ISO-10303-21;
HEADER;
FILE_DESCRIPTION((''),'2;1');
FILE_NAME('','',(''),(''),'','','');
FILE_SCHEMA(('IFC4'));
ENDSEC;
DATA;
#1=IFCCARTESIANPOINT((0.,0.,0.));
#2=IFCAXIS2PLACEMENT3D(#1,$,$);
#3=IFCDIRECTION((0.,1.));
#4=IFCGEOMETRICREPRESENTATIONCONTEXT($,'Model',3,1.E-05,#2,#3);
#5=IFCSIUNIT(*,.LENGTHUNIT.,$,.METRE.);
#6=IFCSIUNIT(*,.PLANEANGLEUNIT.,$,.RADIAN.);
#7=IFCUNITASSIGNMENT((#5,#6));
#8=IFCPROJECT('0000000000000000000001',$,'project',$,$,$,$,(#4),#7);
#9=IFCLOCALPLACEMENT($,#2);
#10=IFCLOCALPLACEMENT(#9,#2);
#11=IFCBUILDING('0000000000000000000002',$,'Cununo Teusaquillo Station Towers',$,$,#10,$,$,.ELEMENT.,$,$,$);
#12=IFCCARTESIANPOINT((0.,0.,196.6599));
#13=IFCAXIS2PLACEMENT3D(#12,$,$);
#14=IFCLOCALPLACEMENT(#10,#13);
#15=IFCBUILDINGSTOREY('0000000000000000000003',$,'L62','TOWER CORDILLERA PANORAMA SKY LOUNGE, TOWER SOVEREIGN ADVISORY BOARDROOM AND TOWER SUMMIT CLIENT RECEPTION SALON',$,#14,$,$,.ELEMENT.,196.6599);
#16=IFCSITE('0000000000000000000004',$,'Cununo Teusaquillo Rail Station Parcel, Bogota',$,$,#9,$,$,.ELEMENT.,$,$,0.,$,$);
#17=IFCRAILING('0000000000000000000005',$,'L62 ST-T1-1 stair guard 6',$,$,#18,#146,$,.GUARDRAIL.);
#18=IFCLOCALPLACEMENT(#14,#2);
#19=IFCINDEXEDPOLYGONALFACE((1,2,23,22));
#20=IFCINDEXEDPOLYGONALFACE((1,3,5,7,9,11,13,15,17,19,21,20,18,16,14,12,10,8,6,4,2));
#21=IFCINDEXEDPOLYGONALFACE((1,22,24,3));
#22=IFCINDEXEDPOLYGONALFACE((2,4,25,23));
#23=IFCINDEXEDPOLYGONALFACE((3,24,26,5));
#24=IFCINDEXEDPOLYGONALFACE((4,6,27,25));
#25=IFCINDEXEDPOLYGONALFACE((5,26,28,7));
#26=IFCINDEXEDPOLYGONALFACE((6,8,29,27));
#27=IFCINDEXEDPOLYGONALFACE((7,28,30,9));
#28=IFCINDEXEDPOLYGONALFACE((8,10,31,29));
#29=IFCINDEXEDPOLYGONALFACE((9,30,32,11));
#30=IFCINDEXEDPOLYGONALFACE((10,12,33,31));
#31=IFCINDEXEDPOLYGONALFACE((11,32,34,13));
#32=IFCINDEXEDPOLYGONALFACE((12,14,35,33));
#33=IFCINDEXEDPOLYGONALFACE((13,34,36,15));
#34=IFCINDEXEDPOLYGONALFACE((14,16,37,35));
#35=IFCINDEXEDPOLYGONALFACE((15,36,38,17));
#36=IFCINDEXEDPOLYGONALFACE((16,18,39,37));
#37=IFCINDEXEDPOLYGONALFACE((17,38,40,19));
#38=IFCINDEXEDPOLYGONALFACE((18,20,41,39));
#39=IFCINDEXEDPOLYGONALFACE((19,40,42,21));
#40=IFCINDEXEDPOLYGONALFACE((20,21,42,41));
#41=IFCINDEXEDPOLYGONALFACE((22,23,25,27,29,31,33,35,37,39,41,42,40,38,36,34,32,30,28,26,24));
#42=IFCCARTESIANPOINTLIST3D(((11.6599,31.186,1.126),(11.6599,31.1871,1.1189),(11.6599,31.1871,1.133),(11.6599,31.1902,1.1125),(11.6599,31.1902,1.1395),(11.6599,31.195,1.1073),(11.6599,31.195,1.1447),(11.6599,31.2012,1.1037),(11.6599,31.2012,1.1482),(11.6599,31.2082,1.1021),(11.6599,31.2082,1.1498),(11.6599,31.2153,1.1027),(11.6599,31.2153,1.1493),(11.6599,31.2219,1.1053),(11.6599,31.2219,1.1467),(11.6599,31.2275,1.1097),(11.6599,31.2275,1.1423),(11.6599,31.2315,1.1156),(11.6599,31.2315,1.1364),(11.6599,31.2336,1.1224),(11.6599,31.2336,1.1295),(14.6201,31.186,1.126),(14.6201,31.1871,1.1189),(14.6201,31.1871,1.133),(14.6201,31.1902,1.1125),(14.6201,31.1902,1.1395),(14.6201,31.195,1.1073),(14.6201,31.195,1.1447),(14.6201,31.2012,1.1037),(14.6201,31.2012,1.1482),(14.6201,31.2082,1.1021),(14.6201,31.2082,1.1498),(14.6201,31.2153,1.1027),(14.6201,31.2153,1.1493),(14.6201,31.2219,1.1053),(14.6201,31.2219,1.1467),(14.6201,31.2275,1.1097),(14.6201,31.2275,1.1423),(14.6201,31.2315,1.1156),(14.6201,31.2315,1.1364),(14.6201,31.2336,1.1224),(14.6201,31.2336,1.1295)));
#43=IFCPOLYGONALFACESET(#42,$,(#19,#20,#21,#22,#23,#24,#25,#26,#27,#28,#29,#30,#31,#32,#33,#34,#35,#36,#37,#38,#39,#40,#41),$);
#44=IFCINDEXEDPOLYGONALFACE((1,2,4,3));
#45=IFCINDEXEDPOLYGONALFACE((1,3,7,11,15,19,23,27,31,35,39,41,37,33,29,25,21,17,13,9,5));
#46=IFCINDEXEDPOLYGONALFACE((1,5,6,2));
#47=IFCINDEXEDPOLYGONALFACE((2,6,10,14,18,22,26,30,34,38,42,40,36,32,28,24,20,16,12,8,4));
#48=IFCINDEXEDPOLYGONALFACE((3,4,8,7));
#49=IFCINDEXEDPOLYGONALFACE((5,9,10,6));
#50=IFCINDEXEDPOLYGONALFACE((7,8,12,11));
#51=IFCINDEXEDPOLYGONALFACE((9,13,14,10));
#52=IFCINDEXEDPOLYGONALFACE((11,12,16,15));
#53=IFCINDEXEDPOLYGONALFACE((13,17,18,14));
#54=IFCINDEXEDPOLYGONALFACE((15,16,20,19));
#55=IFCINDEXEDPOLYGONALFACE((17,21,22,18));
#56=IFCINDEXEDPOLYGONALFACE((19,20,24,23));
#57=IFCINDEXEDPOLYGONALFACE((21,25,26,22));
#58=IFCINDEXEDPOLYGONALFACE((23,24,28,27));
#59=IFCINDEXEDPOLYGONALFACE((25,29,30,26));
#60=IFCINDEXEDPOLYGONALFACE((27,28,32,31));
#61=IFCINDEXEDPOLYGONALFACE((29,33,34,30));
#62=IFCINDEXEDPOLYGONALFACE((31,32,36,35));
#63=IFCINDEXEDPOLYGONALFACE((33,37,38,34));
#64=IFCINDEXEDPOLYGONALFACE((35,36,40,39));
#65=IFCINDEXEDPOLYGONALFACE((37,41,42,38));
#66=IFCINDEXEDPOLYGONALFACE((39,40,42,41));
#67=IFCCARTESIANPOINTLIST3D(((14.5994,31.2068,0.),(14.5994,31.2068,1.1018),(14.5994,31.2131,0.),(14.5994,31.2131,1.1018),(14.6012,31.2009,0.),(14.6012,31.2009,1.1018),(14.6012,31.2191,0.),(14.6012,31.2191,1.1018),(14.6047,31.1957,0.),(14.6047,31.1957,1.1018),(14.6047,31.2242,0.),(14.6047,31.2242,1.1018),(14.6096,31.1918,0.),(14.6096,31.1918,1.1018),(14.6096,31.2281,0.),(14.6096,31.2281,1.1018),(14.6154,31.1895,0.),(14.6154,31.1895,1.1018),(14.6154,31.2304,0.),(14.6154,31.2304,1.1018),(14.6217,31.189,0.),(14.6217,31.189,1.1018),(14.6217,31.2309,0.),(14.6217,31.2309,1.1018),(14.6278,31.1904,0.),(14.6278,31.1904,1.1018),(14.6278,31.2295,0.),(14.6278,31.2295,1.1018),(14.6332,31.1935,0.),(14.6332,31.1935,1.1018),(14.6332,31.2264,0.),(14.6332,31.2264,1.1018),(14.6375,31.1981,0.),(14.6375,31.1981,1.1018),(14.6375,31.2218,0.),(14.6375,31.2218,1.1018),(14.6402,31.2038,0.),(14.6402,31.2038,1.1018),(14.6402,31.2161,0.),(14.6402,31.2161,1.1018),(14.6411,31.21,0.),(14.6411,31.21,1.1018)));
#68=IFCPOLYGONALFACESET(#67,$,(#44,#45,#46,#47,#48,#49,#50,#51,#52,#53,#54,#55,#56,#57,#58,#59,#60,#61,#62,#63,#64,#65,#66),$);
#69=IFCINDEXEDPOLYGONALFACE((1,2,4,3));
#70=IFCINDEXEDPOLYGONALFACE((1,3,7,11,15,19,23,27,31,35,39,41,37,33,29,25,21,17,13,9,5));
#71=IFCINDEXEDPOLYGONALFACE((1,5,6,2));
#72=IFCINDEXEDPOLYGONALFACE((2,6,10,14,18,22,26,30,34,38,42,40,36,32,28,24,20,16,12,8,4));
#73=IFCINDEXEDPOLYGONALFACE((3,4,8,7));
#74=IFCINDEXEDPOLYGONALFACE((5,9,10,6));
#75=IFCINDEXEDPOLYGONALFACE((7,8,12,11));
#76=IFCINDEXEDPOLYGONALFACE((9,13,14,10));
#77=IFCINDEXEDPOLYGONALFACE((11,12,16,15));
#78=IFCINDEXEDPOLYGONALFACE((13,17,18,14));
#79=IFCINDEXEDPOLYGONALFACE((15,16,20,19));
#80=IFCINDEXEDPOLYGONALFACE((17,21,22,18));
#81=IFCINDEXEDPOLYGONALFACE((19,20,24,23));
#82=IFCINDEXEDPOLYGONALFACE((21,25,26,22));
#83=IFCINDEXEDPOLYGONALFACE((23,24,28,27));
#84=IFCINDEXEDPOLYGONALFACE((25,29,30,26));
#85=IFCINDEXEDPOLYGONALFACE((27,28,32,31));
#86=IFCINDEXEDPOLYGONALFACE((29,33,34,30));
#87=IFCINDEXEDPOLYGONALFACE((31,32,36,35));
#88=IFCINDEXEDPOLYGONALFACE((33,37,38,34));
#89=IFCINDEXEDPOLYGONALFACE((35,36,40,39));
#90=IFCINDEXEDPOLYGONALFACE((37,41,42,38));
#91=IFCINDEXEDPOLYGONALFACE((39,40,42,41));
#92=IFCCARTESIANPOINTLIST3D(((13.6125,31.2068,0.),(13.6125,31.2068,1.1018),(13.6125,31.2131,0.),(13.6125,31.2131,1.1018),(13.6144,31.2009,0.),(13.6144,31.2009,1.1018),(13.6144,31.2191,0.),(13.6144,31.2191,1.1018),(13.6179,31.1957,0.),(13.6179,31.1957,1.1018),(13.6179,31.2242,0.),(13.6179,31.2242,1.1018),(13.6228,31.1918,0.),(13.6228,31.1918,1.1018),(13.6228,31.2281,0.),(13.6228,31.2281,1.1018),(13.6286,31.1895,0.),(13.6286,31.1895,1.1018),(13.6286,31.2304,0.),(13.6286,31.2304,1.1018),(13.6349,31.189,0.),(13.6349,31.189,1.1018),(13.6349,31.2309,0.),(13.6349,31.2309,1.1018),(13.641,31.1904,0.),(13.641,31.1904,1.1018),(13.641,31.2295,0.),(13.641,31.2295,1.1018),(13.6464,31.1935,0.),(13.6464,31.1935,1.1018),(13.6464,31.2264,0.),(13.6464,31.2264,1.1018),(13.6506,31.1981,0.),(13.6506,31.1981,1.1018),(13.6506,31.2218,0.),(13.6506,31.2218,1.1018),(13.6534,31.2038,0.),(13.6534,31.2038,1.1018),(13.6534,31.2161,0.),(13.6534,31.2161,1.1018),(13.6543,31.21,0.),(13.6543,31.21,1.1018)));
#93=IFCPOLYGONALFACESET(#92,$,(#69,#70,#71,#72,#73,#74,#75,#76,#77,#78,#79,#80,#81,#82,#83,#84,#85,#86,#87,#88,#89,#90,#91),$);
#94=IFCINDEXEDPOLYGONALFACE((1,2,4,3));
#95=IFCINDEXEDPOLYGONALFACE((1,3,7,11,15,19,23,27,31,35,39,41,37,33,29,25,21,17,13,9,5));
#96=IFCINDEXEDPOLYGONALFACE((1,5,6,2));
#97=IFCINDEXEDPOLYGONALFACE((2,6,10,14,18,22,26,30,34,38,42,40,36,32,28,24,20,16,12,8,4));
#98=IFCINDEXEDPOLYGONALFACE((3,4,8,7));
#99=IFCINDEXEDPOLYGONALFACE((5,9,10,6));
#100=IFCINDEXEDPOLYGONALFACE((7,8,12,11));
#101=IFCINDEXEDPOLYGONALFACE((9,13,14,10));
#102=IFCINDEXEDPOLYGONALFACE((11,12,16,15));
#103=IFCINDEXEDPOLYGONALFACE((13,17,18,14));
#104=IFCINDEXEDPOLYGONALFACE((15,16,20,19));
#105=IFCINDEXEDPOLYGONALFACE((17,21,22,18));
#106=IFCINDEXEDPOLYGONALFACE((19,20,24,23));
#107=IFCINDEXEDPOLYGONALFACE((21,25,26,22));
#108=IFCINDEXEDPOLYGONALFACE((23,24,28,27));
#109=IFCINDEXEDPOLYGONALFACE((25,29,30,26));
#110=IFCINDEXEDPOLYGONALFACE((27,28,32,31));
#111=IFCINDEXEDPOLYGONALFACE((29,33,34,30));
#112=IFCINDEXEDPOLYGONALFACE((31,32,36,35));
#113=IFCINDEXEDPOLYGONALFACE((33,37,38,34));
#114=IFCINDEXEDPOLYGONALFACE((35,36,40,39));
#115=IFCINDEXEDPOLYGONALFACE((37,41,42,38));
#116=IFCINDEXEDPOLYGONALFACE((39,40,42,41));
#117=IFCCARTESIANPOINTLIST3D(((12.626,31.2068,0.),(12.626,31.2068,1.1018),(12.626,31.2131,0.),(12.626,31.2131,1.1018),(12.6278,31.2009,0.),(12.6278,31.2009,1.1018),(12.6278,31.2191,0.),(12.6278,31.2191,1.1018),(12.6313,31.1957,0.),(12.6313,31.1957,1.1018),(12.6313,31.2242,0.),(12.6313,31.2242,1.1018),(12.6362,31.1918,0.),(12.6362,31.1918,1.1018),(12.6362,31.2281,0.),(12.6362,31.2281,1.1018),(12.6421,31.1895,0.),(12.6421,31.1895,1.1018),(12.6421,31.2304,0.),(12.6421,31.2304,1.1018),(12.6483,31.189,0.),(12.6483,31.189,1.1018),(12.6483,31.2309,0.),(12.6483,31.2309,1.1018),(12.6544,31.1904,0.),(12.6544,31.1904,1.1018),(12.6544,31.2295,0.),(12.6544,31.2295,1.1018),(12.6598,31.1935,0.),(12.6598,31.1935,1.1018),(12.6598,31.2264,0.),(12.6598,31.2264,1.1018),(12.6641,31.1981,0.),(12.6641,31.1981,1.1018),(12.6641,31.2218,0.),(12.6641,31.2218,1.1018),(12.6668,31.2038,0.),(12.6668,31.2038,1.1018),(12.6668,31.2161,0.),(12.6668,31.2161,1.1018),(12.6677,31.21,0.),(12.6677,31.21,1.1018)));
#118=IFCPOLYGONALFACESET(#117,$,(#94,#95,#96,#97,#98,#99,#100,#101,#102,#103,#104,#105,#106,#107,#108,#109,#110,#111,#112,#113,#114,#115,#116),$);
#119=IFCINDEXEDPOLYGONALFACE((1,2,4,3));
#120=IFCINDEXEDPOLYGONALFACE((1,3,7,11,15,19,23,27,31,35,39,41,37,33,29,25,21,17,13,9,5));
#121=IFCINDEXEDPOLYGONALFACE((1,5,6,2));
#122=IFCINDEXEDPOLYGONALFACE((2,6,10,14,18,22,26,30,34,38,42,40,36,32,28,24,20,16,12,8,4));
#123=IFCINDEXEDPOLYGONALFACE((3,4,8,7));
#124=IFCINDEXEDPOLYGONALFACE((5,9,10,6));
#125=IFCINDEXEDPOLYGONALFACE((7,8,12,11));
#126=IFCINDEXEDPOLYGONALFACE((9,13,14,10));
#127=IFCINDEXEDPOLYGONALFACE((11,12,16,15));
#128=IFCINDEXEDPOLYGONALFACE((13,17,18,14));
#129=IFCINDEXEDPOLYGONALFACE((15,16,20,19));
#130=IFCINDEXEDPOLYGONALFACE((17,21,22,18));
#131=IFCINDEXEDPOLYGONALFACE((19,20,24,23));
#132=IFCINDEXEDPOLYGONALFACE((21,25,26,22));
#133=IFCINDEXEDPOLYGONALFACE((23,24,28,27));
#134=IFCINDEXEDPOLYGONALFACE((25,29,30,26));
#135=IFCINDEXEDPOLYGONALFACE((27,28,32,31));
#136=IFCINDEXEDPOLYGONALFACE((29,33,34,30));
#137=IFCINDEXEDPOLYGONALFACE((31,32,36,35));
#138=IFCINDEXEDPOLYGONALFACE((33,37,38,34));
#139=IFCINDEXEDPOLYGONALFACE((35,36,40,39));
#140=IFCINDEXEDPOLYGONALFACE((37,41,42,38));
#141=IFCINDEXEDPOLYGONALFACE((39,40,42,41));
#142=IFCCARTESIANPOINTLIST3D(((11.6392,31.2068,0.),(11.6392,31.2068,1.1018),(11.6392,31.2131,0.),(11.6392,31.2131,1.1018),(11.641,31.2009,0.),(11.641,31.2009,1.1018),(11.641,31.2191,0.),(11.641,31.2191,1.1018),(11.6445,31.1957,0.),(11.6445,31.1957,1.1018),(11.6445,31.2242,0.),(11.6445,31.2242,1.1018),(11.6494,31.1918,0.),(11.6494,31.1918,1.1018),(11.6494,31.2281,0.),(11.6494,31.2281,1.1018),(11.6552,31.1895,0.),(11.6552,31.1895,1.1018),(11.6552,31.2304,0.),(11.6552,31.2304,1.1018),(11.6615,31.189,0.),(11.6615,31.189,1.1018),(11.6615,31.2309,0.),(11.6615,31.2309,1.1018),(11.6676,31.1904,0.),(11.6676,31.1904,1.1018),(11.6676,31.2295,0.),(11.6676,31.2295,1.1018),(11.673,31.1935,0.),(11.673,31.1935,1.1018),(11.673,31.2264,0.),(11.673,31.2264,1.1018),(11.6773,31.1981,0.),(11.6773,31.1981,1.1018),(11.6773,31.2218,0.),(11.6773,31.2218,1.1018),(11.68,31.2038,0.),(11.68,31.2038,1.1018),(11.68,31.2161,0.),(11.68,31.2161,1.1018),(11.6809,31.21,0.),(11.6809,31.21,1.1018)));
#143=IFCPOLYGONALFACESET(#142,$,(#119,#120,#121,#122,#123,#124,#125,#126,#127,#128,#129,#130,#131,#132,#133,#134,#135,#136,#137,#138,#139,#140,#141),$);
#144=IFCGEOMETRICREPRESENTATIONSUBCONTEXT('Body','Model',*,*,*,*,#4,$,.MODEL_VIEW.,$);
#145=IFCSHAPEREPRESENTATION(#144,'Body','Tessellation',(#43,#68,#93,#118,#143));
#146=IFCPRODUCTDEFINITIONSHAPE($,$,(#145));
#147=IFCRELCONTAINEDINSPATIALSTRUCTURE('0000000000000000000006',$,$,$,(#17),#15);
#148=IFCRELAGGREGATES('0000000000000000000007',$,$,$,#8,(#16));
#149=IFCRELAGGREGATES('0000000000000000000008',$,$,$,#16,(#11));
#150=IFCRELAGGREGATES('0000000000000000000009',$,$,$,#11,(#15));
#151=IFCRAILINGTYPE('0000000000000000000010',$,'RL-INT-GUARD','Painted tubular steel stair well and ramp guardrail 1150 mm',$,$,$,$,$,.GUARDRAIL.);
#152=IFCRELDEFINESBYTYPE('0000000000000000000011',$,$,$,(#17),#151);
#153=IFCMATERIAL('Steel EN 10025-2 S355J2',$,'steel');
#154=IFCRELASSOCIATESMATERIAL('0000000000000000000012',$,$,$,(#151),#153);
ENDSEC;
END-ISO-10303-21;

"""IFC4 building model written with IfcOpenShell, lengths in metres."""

from ifc_helpers import new_model, si_unit, direction, frame, origin, origin_2d, place, context, subcontext, project, spatial, circle, extrude, material, type_object, element, save


model = new_model("IFC4")

# Units and contexts
model_context = context("Model", 3, precision=1e-05, world=origin(), true_north=direction((0.0, 1.0)))
body_context = subcontext(model_context, "Body", "Model", "MODEL_VIEW")
ifc_project = project(units=[si_unit("LENGTHUNIT", "METRE"), si_unit("PLANEANGLEUNIT", "RADIAN")], contexts=[model_context])

# Site, building, storey
site_placement = place(None, origin())
site = spatial("IfcSite", under=ifc_project, at=site_placement, Name="Cununo Teusaquillo Rail Station Parcel, Bogota", CompositionType="ELEMENT", RefElevation=0.0)
building_placement = place(site_placement, origin())
building = spatial("IfcBuilding", under=site, at=building_placement, Name="Cununo Teusaquillo Station Towers", CompositionType="ELEMENT")
storey_placement = place(building_placement, frame((0.0, 0.0, 196.6599)))
storey = spatial("IfcBuildingStorey", under=building, at=storey_placement, Name="L62", Description="TOWER CORDILLERA PANORAMA SKY LOUNGE, TOWER SOVEREIGN ADVISORY BOARDROOM AND TOWER SUMMIT CLIENT RECEPTION SALON", CompositionType="ELEMENT", Elevation=196.6599)

# Railing
ifc_material_1 = material(Name="Steel EN 10025-2 S355J2", Category="steel")
railing_type_1 = type_object("IfcRailingType", Name="RL-INT-GUARD", Description="Painted tubular steel stair well and ramp guardrail 1150 mm", PredefinedType="GUARDRAIL", material=ifc_material_1)
railing_1_placement = place(storey_placement, frame((14.6201, 31.21, 0.0)))
element("IfcRailing", 1, at=railing_1_placement, inside=storey, type_object=railing_type_1, Name="L62 ST-T1-1 stair guard 6", PredefinedType="GUARDRAIL", context=body_context, shape_type="SweptSolid", body=[
    extrude(circle(Radius=0.0239, at=origin_2d()), frame((0.0, 0.0, 1.126), z_axis=(-1.0, 0.0, 0.0), x_axis=(0.0, -1.0, 0.0)), (0.0, 0.0, 1.0), 2.9602),
    extrude(circle(Radius=0.021, at=origin_2d()), origin(), (0.0, 0.0, 1.0), 1.1018),
    extrude(circle(Radius=0.021, at=origin_2d()), frame((-0.9868, 0.0, 0.0)), (0.0, 0.0, 1.0), 1.1018),
    extrude(circle(Radius=0.021, at=origin_2d()), frame((-1.9734, 0.0, 0.0)), (0.0, 0.0, 1.0), 1.1018),
    extrude(circle(Radius=0.021, at=origin_2d()), frame((-2.9602, 0.0, 0.0)), (0.0, 0.0, 1.0), 1.1018),
])

save(model, "model.ifc")
